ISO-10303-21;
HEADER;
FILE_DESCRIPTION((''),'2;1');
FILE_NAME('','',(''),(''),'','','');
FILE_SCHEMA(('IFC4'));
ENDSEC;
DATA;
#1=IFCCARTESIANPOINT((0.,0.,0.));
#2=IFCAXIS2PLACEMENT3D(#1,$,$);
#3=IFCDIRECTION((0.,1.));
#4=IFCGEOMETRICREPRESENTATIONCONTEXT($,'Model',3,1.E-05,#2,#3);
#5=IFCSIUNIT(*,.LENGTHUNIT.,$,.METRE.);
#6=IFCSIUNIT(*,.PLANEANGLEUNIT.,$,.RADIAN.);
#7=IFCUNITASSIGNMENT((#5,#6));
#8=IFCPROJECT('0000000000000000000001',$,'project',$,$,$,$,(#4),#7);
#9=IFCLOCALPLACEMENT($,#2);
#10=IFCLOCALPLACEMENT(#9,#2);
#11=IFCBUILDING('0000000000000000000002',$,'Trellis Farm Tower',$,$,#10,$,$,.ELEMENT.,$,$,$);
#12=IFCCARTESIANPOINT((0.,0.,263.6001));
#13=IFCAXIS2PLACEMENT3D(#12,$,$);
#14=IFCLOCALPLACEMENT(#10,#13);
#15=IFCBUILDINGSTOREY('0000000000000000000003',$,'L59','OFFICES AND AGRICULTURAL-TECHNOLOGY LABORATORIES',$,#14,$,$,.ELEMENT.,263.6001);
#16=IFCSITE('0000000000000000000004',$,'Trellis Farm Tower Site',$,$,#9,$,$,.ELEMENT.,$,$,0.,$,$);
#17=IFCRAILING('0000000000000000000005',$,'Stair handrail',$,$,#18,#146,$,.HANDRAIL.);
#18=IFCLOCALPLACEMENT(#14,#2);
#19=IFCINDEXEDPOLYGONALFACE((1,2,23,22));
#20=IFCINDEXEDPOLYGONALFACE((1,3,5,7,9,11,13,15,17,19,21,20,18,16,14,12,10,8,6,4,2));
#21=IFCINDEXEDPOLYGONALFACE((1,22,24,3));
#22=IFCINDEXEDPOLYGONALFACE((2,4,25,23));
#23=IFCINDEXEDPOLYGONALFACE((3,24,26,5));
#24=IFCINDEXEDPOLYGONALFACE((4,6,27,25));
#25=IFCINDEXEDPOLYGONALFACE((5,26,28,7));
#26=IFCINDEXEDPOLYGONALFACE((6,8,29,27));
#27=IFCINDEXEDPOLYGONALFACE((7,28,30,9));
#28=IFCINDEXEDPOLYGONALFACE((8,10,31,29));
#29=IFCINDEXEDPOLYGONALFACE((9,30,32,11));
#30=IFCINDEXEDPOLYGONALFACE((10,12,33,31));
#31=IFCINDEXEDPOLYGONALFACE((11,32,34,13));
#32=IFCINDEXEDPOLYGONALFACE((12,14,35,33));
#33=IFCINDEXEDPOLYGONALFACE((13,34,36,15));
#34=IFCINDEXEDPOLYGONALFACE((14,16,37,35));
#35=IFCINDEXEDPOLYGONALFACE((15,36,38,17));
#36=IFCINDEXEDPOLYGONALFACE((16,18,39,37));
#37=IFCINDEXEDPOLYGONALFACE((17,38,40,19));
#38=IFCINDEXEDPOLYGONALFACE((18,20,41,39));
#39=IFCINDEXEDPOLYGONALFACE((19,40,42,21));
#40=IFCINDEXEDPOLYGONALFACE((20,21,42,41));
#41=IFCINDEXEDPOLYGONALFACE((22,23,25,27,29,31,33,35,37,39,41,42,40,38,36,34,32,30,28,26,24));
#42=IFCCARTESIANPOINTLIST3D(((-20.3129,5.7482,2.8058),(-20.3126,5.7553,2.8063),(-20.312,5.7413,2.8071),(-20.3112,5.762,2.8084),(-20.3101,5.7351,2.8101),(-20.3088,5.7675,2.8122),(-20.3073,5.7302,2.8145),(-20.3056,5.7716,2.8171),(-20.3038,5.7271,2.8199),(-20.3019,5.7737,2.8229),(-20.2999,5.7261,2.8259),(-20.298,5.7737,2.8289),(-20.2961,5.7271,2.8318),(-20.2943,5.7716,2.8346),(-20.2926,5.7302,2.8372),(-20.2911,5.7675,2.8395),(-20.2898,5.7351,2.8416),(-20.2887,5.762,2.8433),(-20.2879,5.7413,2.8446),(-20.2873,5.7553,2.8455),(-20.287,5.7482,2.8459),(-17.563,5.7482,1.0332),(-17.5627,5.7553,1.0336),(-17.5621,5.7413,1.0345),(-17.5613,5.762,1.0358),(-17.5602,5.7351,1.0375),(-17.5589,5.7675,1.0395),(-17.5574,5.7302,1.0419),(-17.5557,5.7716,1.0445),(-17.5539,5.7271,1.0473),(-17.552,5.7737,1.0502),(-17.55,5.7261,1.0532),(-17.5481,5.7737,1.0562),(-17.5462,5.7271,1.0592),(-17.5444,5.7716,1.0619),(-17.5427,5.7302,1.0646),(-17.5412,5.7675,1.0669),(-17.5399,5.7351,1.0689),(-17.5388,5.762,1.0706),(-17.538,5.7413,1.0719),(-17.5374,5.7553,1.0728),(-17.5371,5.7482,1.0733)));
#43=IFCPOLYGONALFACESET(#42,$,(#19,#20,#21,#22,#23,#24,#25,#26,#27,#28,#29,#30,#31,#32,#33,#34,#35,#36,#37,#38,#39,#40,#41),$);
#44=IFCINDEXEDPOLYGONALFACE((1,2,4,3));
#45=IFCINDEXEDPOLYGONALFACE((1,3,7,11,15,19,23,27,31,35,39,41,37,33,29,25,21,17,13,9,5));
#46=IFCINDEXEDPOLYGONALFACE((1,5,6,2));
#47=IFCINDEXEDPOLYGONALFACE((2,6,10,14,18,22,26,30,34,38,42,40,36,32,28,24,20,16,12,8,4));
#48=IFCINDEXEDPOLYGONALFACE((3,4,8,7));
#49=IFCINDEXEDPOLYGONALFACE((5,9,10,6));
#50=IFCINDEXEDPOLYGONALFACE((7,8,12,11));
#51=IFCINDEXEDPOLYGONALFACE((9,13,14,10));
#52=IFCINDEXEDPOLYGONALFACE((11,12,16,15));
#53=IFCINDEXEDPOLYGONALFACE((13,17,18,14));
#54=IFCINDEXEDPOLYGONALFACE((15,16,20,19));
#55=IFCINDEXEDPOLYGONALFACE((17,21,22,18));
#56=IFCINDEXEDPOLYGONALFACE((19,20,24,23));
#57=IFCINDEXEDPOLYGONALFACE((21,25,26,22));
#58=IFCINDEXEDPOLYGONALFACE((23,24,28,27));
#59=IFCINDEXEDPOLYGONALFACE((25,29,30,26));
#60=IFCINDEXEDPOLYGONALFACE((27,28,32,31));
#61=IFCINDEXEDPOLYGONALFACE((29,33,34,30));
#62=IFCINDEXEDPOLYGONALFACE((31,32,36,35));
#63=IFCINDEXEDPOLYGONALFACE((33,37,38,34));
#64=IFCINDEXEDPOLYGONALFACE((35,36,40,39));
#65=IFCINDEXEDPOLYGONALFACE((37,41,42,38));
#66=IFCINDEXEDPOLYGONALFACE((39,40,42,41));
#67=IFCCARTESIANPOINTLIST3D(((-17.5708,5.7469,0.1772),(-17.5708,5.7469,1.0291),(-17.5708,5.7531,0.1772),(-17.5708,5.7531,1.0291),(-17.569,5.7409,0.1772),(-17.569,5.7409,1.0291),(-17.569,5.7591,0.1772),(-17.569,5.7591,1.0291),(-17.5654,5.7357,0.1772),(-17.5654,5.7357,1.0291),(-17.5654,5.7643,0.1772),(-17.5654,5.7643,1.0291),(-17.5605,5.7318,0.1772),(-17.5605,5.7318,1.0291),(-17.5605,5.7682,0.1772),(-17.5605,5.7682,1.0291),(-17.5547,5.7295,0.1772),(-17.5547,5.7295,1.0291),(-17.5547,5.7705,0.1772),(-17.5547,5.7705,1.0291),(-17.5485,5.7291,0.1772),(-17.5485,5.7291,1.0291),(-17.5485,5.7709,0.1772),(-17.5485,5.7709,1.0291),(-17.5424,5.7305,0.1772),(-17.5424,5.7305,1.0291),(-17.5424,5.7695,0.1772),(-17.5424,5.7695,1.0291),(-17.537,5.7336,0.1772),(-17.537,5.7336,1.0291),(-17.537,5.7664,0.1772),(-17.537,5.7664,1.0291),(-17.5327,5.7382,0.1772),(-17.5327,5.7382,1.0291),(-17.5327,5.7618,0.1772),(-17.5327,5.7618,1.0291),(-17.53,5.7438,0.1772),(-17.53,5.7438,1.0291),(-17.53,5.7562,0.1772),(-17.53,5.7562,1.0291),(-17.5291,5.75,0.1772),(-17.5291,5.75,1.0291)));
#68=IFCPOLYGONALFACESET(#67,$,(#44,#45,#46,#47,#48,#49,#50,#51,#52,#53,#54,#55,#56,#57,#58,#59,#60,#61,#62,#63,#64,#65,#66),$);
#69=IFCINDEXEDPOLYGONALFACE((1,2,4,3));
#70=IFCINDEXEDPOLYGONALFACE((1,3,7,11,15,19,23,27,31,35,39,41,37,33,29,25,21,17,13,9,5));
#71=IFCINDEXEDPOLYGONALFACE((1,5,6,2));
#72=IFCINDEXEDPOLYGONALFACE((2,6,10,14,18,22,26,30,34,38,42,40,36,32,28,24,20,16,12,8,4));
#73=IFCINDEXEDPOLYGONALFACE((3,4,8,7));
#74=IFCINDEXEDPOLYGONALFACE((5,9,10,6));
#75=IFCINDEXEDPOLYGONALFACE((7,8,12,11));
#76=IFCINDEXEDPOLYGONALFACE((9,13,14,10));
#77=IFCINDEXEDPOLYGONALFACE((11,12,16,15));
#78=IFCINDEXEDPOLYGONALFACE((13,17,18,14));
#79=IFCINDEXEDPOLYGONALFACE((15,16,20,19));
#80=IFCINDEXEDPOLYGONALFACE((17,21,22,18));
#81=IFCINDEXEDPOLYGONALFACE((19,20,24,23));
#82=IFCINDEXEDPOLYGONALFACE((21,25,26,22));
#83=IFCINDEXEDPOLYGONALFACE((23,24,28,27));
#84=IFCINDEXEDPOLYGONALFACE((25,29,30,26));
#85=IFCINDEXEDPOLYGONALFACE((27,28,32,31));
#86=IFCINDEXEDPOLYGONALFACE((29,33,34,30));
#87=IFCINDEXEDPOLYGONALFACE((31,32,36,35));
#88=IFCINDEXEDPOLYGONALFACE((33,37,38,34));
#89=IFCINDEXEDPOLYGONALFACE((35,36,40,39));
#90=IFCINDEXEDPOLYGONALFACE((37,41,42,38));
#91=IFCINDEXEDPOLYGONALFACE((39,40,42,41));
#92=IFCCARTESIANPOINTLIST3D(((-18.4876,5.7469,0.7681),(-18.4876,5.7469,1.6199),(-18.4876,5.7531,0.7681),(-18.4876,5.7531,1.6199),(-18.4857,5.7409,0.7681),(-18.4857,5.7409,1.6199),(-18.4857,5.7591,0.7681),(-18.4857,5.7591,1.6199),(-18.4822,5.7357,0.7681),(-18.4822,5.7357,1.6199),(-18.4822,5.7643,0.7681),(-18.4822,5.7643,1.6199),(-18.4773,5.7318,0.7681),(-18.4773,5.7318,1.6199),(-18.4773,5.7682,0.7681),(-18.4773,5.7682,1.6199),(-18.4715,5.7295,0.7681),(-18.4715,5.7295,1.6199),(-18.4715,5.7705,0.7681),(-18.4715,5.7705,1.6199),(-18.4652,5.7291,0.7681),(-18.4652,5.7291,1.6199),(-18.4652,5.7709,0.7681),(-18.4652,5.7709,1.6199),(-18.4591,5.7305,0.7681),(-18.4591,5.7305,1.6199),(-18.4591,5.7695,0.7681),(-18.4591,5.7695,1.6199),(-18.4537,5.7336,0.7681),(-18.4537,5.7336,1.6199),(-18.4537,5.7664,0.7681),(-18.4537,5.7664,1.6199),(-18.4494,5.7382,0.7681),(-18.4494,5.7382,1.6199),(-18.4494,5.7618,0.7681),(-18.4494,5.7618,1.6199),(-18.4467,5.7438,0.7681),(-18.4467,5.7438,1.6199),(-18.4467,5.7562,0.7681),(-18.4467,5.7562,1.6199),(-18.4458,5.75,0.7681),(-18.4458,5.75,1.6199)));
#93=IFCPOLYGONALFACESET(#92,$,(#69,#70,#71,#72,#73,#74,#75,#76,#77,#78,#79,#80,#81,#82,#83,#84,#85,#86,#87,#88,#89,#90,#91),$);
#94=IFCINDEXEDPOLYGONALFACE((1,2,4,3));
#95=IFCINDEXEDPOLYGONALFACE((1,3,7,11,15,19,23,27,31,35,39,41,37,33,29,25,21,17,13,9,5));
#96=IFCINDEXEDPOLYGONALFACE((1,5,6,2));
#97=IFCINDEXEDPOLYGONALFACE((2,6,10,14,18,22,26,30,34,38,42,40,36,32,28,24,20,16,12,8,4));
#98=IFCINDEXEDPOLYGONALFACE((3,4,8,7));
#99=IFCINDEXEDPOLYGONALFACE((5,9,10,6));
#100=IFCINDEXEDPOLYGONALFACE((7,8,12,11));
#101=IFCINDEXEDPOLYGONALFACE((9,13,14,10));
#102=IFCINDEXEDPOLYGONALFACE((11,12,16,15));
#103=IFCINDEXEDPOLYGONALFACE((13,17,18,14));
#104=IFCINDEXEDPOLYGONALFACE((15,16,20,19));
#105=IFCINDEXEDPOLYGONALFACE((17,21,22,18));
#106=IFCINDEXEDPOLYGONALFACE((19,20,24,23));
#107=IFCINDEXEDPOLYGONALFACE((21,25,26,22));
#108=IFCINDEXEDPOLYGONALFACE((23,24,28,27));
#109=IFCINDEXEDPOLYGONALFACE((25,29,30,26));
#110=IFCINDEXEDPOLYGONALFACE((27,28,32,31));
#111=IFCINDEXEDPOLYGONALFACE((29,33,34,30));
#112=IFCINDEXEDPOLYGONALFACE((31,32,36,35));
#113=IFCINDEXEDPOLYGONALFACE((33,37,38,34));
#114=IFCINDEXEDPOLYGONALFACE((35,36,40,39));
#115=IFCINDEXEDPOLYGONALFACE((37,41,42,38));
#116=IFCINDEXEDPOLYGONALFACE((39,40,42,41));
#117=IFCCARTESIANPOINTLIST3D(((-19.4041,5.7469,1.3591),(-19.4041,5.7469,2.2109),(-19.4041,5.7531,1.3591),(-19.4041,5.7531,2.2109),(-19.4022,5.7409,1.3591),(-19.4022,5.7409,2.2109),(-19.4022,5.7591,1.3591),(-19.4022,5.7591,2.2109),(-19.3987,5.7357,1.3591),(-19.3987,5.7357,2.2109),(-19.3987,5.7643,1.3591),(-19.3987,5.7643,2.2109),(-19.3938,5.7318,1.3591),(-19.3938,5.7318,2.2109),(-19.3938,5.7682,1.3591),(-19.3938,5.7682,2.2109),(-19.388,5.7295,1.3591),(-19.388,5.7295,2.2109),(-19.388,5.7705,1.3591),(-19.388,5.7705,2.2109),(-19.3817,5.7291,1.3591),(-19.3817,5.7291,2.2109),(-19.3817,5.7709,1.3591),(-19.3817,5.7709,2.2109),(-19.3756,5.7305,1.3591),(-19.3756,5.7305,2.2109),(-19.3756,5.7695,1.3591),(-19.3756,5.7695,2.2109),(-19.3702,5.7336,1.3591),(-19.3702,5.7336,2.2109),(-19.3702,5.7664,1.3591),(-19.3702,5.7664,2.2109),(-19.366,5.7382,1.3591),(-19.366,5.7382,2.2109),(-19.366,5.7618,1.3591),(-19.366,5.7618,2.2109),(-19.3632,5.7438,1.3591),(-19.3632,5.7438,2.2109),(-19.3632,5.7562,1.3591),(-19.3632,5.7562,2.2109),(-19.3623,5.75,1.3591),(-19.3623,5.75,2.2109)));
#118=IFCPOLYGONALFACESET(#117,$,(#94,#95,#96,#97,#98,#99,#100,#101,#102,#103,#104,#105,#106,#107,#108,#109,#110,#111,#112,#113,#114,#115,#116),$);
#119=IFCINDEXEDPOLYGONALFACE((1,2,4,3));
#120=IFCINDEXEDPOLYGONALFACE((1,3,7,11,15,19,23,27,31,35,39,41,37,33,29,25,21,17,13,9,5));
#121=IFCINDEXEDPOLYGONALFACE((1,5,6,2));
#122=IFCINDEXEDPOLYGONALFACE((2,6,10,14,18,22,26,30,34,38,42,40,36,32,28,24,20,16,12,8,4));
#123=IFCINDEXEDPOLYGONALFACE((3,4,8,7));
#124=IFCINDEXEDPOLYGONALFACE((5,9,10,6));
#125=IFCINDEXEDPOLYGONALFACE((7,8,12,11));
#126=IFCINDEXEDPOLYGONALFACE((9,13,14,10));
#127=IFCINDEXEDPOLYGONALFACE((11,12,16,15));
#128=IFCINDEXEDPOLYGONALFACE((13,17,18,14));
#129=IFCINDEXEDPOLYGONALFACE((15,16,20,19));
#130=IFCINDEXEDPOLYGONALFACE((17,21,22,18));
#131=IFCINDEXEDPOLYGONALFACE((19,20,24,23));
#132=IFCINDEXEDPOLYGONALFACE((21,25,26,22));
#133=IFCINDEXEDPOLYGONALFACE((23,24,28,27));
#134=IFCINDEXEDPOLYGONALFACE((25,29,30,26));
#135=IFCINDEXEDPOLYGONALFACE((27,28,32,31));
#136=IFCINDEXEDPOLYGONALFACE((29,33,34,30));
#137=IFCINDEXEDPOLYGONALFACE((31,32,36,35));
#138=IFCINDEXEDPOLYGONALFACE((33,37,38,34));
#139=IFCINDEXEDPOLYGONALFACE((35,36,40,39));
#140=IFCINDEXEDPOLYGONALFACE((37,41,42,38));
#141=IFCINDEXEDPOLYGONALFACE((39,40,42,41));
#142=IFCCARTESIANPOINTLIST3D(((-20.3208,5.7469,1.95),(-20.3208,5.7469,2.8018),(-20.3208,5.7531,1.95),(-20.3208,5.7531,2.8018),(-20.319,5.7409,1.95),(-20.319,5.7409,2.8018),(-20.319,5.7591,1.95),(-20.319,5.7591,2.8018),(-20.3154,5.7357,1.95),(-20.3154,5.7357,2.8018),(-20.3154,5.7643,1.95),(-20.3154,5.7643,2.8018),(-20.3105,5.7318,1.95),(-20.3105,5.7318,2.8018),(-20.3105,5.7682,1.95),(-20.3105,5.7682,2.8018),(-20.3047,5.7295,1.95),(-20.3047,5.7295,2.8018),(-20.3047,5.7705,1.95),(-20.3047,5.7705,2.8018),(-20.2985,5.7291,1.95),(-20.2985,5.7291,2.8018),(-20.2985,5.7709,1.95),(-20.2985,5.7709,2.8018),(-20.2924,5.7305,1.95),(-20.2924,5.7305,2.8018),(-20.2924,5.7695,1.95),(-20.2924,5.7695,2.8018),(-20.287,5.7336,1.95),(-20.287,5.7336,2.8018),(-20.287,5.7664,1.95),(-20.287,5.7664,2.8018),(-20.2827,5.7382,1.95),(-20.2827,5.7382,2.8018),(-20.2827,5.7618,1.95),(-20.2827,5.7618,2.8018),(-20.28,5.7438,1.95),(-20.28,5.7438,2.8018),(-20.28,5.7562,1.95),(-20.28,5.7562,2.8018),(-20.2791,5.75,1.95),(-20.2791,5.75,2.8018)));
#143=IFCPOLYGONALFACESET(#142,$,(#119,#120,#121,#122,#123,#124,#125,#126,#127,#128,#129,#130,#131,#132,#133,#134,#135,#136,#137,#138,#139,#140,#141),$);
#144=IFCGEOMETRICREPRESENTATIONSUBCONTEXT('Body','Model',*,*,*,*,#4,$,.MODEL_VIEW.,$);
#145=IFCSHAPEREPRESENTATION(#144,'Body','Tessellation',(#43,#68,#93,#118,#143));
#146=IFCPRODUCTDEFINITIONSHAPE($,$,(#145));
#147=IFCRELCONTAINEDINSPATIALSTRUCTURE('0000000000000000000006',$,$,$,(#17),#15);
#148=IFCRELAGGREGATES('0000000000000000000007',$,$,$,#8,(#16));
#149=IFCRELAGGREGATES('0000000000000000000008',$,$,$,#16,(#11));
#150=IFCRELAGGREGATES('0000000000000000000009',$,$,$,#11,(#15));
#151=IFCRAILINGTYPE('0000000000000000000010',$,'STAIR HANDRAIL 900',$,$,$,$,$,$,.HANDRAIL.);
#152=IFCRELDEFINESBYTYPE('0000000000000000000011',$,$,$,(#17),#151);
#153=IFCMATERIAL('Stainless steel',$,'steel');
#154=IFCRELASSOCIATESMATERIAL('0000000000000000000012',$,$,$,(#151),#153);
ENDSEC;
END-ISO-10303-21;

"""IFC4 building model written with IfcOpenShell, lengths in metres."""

from ifc_helpers import new_model, si_unit, direction, frame, origin, origin_2d, place, context, subcontext, project, spatial, circle, extrude, source, transform, mapped, material, type_object, element, save


model = new_model("IFC4")

# Units and contexts
model_context = context("Model", 3, precision=1e-05, world=origin(), true_north=direction((0.0, 1.0)))
body_context = subcontext(model_context, "Body", "Model", "MODEL_VIEW")
ifc_project = project(units=[si_unit("LENGTHUNIT", "METRE"), si_unit("PLANEANGLEUNIT", "RADIAN")], contexts=[model_context])

# Site, building, storey
site_placement = place(None, origin())
site = spatial("IfcSite", under=ifc_project, at=site_placement, Name="Trellis Farm Tower Site", CompositionType="ELEMENT", RefElevation=0.0)
building_placement = place(site_placement, origin())
building = spatial("IfcBuilding", under=site, at=building_placement, Name="Trellis Farm Tower", CompositionType="ELEMENT")
storey_placement = place(building_placement, frame((0.0, 0.0, 263.6001)))
storey = spatial("IfcBuildingStorey", under=building, at=storey_placement, Name="L59", Description="OFFICES AND AGRICULTURAL-TECHNOLOGY LABORATORIES", CompositionType="ELEMENT", Elevation=263.6001)

# Railing
ifc_material_1 = material(Name="Stainless steel", Category="steel")
railing_type = type_object("IfcRailingType", Name="STAIR HANDRAIL 900", PredefinedType="HANDRAIL", material=ifc_material_1)
shared_shape_1 = source(origin(), body_context, "Body", "SweptSolid", [
    extrude(circle(Radius=0.0239, at=origin_2d()), frame((0.0, 0.0, 0.876), z_axis=(-0.840504, 0.0, 0.541806), x_axis=(0.0, -1.0, 0.0)), (0.0, 0.0, 1.0), 3.2717),
    extrude(circle(Radius=0.021, at=origin_2d()), origin(), (0.0, 0.0, 1.0), 0.8518),
    extrude(circle(Radius=0.021, at=origin_2d()), frame((-0.9167, 0.0, 0.5908)), (0.0, 0.0, 1.0), 0.8518),
    extrude(circle(Radius=0.021, at=origin_2d()), frame((-1.8333, 0.0, 1.1819)), (0.0, 0.0, 1.0), 0.8518),
    extrude(circle(Radius=0.021, at=origin_2d()), frame((-2.75, 0.0, 1.7727)), (0.0, 0.0, 1.0), 0.8518),
])
for number, where, name in (
    (1, (-17.55, 5.75, 0.1772), "Stair handrail"),
):
    element("IfcRailing", number, at=place(storey_placement, frame(where)), inside=storey, type_object=railing_type, Name=name, PredefinedType="HANDRAIL", context=body_context, shape_type="MappedRepresentation", body=[
        mapped(shared_shape_1, transform((0.0, 0.0, 0.0))),
    ])

save(model, "model.ifc")
